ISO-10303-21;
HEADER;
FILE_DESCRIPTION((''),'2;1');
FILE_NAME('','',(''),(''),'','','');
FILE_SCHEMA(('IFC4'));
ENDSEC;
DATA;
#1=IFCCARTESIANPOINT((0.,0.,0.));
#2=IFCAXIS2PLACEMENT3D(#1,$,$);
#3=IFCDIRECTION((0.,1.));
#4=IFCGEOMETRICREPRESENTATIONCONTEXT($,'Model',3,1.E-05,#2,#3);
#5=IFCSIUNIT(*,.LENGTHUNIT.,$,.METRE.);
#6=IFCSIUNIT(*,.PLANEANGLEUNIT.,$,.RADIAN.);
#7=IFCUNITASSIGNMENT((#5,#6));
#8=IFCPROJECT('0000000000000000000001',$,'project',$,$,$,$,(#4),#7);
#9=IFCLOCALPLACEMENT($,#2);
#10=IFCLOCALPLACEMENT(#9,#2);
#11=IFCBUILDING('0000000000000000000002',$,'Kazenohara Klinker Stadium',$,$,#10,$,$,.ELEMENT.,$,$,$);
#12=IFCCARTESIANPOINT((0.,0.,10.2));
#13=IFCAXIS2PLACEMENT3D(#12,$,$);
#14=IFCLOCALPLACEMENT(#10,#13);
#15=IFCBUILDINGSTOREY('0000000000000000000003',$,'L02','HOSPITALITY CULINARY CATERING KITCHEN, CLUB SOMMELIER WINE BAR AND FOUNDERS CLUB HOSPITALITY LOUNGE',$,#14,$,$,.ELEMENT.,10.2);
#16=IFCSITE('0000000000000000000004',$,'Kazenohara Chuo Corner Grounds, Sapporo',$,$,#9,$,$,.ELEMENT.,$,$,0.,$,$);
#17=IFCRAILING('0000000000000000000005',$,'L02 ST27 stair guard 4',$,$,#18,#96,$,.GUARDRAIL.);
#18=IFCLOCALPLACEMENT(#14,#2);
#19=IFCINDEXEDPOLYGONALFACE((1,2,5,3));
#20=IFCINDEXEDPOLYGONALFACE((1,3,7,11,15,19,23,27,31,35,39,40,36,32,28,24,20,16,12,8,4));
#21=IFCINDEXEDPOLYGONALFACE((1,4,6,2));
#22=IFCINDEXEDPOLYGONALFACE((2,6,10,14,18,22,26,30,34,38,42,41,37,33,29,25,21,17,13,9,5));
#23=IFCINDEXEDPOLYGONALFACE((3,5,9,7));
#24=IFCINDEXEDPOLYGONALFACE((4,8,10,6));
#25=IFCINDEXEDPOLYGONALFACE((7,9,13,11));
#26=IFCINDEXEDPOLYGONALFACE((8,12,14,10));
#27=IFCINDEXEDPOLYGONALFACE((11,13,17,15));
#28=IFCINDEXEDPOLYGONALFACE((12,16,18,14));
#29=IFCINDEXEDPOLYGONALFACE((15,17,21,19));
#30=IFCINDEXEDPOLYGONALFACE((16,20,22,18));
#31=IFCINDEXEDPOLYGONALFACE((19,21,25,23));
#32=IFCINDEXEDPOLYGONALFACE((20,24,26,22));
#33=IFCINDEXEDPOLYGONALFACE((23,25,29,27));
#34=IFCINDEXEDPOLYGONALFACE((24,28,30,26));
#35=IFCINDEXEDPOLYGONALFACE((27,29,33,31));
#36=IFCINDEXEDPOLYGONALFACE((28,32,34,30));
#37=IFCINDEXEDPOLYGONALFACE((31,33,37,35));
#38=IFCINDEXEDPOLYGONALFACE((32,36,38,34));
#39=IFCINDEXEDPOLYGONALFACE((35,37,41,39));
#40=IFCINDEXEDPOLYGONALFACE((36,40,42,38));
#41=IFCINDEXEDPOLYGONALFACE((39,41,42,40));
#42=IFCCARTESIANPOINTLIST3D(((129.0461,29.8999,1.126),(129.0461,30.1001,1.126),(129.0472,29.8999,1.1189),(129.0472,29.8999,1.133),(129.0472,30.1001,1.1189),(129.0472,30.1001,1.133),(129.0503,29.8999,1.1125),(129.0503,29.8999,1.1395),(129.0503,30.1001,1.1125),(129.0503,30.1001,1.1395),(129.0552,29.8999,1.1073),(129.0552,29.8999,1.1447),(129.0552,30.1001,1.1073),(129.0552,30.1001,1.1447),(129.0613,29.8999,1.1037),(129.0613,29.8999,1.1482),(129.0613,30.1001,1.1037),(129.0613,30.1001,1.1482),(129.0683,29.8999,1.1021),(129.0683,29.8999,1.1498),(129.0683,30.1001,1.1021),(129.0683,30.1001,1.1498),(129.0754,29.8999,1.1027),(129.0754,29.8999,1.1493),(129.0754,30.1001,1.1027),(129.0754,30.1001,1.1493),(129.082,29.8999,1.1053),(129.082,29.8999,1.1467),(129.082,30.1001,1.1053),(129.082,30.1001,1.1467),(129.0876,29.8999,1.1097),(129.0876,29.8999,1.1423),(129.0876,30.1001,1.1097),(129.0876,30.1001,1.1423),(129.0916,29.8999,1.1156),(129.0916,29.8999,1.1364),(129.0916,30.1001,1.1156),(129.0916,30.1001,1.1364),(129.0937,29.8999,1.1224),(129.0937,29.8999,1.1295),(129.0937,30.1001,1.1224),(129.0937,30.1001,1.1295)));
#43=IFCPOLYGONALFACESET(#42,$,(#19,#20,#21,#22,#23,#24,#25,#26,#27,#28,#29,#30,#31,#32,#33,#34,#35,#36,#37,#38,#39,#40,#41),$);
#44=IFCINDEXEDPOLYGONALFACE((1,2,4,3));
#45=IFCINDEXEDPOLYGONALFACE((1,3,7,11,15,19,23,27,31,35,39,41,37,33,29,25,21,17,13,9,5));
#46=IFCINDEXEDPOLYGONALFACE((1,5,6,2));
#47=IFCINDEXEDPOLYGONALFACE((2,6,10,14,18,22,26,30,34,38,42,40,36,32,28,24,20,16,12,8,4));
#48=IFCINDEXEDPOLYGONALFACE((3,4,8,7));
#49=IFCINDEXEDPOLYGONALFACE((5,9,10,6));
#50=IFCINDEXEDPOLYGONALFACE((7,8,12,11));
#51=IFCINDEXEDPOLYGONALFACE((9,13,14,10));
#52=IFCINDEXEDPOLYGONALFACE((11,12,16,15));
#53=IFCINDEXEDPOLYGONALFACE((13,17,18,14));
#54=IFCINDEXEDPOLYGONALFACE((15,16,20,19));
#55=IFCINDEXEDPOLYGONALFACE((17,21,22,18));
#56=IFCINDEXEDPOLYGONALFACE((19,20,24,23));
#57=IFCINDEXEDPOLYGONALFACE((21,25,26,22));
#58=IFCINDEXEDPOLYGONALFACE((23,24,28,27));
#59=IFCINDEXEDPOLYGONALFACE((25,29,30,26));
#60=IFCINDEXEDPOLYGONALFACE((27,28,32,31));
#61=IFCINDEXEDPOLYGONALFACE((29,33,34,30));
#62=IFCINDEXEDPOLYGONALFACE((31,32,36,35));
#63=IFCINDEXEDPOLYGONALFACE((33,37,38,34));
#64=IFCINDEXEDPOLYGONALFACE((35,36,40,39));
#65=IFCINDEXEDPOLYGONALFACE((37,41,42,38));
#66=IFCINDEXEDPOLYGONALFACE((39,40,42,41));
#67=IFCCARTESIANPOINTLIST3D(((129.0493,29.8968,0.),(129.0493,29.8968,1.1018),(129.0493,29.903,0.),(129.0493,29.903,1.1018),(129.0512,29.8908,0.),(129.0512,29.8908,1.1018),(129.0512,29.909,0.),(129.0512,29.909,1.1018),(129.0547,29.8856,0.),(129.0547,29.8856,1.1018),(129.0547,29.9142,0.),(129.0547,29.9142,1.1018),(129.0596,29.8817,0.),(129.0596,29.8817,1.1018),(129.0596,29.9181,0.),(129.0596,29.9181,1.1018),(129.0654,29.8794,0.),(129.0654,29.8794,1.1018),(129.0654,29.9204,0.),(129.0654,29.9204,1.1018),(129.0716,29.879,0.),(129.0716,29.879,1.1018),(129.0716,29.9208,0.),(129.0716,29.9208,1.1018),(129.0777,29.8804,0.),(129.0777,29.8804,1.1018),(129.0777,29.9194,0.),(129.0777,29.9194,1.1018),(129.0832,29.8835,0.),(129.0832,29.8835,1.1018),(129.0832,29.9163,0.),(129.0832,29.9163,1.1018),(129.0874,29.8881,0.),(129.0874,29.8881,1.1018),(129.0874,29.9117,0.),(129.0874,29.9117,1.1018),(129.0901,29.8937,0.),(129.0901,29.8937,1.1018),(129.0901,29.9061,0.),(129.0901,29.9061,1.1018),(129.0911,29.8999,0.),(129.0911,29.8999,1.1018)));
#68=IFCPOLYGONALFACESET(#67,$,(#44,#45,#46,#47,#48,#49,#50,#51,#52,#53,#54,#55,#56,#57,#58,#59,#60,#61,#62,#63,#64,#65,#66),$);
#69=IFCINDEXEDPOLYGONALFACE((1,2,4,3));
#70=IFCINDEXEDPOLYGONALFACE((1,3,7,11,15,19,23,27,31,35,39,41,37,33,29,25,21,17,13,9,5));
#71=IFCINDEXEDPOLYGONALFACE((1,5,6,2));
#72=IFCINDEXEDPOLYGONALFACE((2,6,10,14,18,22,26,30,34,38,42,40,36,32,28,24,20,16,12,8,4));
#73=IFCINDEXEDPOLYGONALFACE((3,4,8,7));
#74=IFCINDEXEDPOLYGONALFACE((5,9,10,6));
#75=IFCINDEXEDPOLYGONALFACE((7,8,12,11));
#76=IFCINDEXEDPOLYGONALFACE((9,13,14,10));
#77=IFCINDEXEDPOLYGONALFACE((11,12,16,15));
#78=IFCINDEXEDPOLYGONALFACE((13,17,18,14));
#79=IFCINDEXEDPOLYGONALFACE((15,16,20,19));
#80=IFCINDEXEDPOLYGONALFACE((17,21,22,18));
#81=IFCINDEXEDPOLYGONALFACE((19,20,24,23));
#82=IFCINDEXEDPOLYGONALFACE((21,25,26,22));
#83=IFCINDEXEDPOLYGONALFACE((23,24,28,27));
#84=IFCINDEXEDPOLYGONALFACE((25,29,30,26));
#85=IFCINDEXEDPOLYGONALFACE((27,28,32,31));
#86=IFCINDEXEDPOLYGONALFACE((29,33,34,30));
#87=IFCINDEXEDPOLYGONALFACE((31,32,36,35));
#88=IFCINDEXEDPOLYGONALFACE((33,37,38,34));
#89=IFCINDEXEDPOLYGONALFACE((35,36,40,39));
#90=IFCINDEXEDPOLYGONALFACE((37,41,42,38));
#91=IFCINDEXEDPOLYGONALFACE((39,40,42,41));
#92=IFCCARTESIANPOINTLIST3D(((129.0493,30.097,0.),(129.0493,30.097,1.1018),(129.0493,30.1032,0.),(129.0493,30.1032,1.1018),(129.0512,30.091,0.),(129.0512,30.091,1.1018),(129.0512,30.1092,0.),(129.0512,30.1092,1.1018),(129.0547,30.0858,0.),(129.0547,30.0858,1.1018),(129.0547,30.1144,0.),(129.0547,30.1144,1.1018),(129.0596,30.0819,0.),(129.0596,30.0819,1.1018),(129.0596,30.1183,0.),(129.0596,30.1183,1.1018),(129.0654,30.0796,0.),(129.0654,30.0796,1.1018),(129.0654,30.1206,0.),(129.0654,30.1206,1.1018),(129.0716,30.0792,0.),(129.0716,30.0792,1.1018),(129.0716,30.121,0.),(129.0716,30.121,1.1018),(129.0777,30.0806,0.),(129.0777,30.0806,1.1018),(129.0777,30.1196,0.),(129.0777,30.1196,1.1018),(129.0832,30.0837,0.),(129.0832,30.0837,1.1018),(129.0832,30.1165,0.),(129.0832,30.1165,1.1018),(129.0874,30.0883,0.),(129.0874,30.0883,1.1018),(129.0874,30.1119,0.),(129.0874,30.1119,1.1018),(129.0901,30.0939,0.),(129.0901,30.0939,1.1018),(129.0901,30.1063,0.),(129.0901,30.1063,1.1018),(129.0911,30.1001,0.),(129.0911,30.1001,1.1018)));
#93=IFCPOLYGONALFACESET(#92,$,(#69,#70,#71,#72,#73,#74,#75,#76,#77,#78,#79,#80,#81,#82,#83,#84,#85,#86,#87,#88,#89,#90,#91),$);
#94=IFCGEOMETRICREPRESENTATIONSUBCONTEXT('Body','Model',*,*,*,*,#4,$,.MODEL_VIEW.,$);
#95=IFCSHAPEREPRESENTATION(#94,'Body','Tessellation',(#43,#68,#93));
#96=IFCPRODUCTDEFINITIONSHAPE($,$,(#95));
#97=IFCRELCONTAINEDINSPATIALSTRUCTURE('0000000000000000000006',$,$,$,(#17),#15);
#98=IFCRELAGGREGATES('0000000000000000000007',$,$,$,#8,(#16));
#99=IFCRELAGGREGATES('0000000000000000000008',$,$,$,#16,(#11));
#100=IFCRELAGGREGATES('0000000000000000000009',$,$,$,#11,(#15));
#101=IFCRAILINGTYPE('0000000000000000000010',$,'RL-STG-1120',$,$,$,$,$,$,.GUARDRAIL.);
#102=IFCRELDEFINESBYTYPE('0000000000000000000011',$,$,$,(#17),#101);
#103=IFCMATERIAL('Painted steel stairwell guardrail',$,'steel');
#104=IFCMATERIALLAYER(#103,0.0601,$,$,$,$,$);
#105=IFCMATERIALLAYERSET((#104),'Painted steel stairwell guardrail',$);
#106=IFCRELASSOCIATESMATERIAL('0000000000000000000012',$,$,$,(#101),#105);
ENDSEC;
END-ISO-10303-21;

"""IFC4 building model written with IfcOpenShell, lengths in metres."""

from ifc_helpers import new_model, si_unit, direction, frame, origin, origin_2d, place, context, subcontext, project, spatial, circle, extrude, material, layer, layer_set, type_object, element, save


model = new_model("IFC4")

# Units and contexts
model_context = context("Model", 3, precision=1e-05, world=origin(), true_north=direction((0.0, 1.0)))
body_context = subcontext(model_context, "Body", "Model", "MODEL_VIEW")
ifc_project = project(units=[si_unit("LENGTHUNIT", "METRE"), si_unit("PLANEANGLEUNIT", "RADIAN")], contexts=[model_context])

# Site, building, storey
site_placement = place(None, origin())
site = spatial("IfcSite", under=ifc_project, at=site_placement, Name="Kazenohara Chuo Corner Grounds, Sapporo", CompositionType="ELEMENT", RefElevation=0.0)
building_placement = place(site_placement, origin())
building = spatial("IfcBuilding", under=site, at=building_placement, Name="Kazenohara Klinker Stadium", CompositionType="ELEMENT")
storey_placement = place(building_placement, frame((0.0, 0.0, 10.2)))
storey = spatial("IfcBuildingStorey", under=building, at=storey_placement, Name="L02", Description="HOSPITALITY CULINARY CATERING KITCHEN, CLUB SOMMELIER WINE BAR AND FOUNDERS CLUB HOSPITALITY LOUNGE", CompositionType="ELEMENT", Elevation=10.2)

# Railing
ifc_material_1 = material(Name="Painted steel stairwell guardrail", Category="steel")
ifc_layer_1 = layer(ifc_material_1, 0.0601)
ifc_layer_set_1 = layer_set([ifc_layer_1], Name="Painted steel stairwell guardrail")
railing_type_1 = type_object("IfcRailingType", Name="RL-STG-1120", PredefinedType="GUARDRAIL", material=ifc_layer_set_1)
railing_1_placement = place(storey_placement, frame((129.0701, 29.8999, 0.0)))
element("IfcRailing", 1, at=railing_1_placement, inside=storey, type_object=railing_type_1, Name="L02 ST27 stair guard 4", PredefinedType="GUARDRAIL", context=body_context, shape_type="SweptSolid", body=[
    extrude(circle(Radius=0.0239, at=origin_2d()), frame((0.0, 0.0, 1.126), z_axis=(0.0, 1.0, 0.0), x_axis=(-1.0, 0.0, 0.0)), (0.0, 0.0, 1.0), 0.2002),
    extrude(circle(Radius=0.021, at=origin_2d()), origin(), (0.0, 0.0, 1.0), 1.1018),
    extrude(circle(Radius=0.021, at=origin_2d()), frame((0.0, 0.2002, 0.0)), (0.0, 0.0, 1.0), 1.1018),
])

save(model, "model.ifc")
